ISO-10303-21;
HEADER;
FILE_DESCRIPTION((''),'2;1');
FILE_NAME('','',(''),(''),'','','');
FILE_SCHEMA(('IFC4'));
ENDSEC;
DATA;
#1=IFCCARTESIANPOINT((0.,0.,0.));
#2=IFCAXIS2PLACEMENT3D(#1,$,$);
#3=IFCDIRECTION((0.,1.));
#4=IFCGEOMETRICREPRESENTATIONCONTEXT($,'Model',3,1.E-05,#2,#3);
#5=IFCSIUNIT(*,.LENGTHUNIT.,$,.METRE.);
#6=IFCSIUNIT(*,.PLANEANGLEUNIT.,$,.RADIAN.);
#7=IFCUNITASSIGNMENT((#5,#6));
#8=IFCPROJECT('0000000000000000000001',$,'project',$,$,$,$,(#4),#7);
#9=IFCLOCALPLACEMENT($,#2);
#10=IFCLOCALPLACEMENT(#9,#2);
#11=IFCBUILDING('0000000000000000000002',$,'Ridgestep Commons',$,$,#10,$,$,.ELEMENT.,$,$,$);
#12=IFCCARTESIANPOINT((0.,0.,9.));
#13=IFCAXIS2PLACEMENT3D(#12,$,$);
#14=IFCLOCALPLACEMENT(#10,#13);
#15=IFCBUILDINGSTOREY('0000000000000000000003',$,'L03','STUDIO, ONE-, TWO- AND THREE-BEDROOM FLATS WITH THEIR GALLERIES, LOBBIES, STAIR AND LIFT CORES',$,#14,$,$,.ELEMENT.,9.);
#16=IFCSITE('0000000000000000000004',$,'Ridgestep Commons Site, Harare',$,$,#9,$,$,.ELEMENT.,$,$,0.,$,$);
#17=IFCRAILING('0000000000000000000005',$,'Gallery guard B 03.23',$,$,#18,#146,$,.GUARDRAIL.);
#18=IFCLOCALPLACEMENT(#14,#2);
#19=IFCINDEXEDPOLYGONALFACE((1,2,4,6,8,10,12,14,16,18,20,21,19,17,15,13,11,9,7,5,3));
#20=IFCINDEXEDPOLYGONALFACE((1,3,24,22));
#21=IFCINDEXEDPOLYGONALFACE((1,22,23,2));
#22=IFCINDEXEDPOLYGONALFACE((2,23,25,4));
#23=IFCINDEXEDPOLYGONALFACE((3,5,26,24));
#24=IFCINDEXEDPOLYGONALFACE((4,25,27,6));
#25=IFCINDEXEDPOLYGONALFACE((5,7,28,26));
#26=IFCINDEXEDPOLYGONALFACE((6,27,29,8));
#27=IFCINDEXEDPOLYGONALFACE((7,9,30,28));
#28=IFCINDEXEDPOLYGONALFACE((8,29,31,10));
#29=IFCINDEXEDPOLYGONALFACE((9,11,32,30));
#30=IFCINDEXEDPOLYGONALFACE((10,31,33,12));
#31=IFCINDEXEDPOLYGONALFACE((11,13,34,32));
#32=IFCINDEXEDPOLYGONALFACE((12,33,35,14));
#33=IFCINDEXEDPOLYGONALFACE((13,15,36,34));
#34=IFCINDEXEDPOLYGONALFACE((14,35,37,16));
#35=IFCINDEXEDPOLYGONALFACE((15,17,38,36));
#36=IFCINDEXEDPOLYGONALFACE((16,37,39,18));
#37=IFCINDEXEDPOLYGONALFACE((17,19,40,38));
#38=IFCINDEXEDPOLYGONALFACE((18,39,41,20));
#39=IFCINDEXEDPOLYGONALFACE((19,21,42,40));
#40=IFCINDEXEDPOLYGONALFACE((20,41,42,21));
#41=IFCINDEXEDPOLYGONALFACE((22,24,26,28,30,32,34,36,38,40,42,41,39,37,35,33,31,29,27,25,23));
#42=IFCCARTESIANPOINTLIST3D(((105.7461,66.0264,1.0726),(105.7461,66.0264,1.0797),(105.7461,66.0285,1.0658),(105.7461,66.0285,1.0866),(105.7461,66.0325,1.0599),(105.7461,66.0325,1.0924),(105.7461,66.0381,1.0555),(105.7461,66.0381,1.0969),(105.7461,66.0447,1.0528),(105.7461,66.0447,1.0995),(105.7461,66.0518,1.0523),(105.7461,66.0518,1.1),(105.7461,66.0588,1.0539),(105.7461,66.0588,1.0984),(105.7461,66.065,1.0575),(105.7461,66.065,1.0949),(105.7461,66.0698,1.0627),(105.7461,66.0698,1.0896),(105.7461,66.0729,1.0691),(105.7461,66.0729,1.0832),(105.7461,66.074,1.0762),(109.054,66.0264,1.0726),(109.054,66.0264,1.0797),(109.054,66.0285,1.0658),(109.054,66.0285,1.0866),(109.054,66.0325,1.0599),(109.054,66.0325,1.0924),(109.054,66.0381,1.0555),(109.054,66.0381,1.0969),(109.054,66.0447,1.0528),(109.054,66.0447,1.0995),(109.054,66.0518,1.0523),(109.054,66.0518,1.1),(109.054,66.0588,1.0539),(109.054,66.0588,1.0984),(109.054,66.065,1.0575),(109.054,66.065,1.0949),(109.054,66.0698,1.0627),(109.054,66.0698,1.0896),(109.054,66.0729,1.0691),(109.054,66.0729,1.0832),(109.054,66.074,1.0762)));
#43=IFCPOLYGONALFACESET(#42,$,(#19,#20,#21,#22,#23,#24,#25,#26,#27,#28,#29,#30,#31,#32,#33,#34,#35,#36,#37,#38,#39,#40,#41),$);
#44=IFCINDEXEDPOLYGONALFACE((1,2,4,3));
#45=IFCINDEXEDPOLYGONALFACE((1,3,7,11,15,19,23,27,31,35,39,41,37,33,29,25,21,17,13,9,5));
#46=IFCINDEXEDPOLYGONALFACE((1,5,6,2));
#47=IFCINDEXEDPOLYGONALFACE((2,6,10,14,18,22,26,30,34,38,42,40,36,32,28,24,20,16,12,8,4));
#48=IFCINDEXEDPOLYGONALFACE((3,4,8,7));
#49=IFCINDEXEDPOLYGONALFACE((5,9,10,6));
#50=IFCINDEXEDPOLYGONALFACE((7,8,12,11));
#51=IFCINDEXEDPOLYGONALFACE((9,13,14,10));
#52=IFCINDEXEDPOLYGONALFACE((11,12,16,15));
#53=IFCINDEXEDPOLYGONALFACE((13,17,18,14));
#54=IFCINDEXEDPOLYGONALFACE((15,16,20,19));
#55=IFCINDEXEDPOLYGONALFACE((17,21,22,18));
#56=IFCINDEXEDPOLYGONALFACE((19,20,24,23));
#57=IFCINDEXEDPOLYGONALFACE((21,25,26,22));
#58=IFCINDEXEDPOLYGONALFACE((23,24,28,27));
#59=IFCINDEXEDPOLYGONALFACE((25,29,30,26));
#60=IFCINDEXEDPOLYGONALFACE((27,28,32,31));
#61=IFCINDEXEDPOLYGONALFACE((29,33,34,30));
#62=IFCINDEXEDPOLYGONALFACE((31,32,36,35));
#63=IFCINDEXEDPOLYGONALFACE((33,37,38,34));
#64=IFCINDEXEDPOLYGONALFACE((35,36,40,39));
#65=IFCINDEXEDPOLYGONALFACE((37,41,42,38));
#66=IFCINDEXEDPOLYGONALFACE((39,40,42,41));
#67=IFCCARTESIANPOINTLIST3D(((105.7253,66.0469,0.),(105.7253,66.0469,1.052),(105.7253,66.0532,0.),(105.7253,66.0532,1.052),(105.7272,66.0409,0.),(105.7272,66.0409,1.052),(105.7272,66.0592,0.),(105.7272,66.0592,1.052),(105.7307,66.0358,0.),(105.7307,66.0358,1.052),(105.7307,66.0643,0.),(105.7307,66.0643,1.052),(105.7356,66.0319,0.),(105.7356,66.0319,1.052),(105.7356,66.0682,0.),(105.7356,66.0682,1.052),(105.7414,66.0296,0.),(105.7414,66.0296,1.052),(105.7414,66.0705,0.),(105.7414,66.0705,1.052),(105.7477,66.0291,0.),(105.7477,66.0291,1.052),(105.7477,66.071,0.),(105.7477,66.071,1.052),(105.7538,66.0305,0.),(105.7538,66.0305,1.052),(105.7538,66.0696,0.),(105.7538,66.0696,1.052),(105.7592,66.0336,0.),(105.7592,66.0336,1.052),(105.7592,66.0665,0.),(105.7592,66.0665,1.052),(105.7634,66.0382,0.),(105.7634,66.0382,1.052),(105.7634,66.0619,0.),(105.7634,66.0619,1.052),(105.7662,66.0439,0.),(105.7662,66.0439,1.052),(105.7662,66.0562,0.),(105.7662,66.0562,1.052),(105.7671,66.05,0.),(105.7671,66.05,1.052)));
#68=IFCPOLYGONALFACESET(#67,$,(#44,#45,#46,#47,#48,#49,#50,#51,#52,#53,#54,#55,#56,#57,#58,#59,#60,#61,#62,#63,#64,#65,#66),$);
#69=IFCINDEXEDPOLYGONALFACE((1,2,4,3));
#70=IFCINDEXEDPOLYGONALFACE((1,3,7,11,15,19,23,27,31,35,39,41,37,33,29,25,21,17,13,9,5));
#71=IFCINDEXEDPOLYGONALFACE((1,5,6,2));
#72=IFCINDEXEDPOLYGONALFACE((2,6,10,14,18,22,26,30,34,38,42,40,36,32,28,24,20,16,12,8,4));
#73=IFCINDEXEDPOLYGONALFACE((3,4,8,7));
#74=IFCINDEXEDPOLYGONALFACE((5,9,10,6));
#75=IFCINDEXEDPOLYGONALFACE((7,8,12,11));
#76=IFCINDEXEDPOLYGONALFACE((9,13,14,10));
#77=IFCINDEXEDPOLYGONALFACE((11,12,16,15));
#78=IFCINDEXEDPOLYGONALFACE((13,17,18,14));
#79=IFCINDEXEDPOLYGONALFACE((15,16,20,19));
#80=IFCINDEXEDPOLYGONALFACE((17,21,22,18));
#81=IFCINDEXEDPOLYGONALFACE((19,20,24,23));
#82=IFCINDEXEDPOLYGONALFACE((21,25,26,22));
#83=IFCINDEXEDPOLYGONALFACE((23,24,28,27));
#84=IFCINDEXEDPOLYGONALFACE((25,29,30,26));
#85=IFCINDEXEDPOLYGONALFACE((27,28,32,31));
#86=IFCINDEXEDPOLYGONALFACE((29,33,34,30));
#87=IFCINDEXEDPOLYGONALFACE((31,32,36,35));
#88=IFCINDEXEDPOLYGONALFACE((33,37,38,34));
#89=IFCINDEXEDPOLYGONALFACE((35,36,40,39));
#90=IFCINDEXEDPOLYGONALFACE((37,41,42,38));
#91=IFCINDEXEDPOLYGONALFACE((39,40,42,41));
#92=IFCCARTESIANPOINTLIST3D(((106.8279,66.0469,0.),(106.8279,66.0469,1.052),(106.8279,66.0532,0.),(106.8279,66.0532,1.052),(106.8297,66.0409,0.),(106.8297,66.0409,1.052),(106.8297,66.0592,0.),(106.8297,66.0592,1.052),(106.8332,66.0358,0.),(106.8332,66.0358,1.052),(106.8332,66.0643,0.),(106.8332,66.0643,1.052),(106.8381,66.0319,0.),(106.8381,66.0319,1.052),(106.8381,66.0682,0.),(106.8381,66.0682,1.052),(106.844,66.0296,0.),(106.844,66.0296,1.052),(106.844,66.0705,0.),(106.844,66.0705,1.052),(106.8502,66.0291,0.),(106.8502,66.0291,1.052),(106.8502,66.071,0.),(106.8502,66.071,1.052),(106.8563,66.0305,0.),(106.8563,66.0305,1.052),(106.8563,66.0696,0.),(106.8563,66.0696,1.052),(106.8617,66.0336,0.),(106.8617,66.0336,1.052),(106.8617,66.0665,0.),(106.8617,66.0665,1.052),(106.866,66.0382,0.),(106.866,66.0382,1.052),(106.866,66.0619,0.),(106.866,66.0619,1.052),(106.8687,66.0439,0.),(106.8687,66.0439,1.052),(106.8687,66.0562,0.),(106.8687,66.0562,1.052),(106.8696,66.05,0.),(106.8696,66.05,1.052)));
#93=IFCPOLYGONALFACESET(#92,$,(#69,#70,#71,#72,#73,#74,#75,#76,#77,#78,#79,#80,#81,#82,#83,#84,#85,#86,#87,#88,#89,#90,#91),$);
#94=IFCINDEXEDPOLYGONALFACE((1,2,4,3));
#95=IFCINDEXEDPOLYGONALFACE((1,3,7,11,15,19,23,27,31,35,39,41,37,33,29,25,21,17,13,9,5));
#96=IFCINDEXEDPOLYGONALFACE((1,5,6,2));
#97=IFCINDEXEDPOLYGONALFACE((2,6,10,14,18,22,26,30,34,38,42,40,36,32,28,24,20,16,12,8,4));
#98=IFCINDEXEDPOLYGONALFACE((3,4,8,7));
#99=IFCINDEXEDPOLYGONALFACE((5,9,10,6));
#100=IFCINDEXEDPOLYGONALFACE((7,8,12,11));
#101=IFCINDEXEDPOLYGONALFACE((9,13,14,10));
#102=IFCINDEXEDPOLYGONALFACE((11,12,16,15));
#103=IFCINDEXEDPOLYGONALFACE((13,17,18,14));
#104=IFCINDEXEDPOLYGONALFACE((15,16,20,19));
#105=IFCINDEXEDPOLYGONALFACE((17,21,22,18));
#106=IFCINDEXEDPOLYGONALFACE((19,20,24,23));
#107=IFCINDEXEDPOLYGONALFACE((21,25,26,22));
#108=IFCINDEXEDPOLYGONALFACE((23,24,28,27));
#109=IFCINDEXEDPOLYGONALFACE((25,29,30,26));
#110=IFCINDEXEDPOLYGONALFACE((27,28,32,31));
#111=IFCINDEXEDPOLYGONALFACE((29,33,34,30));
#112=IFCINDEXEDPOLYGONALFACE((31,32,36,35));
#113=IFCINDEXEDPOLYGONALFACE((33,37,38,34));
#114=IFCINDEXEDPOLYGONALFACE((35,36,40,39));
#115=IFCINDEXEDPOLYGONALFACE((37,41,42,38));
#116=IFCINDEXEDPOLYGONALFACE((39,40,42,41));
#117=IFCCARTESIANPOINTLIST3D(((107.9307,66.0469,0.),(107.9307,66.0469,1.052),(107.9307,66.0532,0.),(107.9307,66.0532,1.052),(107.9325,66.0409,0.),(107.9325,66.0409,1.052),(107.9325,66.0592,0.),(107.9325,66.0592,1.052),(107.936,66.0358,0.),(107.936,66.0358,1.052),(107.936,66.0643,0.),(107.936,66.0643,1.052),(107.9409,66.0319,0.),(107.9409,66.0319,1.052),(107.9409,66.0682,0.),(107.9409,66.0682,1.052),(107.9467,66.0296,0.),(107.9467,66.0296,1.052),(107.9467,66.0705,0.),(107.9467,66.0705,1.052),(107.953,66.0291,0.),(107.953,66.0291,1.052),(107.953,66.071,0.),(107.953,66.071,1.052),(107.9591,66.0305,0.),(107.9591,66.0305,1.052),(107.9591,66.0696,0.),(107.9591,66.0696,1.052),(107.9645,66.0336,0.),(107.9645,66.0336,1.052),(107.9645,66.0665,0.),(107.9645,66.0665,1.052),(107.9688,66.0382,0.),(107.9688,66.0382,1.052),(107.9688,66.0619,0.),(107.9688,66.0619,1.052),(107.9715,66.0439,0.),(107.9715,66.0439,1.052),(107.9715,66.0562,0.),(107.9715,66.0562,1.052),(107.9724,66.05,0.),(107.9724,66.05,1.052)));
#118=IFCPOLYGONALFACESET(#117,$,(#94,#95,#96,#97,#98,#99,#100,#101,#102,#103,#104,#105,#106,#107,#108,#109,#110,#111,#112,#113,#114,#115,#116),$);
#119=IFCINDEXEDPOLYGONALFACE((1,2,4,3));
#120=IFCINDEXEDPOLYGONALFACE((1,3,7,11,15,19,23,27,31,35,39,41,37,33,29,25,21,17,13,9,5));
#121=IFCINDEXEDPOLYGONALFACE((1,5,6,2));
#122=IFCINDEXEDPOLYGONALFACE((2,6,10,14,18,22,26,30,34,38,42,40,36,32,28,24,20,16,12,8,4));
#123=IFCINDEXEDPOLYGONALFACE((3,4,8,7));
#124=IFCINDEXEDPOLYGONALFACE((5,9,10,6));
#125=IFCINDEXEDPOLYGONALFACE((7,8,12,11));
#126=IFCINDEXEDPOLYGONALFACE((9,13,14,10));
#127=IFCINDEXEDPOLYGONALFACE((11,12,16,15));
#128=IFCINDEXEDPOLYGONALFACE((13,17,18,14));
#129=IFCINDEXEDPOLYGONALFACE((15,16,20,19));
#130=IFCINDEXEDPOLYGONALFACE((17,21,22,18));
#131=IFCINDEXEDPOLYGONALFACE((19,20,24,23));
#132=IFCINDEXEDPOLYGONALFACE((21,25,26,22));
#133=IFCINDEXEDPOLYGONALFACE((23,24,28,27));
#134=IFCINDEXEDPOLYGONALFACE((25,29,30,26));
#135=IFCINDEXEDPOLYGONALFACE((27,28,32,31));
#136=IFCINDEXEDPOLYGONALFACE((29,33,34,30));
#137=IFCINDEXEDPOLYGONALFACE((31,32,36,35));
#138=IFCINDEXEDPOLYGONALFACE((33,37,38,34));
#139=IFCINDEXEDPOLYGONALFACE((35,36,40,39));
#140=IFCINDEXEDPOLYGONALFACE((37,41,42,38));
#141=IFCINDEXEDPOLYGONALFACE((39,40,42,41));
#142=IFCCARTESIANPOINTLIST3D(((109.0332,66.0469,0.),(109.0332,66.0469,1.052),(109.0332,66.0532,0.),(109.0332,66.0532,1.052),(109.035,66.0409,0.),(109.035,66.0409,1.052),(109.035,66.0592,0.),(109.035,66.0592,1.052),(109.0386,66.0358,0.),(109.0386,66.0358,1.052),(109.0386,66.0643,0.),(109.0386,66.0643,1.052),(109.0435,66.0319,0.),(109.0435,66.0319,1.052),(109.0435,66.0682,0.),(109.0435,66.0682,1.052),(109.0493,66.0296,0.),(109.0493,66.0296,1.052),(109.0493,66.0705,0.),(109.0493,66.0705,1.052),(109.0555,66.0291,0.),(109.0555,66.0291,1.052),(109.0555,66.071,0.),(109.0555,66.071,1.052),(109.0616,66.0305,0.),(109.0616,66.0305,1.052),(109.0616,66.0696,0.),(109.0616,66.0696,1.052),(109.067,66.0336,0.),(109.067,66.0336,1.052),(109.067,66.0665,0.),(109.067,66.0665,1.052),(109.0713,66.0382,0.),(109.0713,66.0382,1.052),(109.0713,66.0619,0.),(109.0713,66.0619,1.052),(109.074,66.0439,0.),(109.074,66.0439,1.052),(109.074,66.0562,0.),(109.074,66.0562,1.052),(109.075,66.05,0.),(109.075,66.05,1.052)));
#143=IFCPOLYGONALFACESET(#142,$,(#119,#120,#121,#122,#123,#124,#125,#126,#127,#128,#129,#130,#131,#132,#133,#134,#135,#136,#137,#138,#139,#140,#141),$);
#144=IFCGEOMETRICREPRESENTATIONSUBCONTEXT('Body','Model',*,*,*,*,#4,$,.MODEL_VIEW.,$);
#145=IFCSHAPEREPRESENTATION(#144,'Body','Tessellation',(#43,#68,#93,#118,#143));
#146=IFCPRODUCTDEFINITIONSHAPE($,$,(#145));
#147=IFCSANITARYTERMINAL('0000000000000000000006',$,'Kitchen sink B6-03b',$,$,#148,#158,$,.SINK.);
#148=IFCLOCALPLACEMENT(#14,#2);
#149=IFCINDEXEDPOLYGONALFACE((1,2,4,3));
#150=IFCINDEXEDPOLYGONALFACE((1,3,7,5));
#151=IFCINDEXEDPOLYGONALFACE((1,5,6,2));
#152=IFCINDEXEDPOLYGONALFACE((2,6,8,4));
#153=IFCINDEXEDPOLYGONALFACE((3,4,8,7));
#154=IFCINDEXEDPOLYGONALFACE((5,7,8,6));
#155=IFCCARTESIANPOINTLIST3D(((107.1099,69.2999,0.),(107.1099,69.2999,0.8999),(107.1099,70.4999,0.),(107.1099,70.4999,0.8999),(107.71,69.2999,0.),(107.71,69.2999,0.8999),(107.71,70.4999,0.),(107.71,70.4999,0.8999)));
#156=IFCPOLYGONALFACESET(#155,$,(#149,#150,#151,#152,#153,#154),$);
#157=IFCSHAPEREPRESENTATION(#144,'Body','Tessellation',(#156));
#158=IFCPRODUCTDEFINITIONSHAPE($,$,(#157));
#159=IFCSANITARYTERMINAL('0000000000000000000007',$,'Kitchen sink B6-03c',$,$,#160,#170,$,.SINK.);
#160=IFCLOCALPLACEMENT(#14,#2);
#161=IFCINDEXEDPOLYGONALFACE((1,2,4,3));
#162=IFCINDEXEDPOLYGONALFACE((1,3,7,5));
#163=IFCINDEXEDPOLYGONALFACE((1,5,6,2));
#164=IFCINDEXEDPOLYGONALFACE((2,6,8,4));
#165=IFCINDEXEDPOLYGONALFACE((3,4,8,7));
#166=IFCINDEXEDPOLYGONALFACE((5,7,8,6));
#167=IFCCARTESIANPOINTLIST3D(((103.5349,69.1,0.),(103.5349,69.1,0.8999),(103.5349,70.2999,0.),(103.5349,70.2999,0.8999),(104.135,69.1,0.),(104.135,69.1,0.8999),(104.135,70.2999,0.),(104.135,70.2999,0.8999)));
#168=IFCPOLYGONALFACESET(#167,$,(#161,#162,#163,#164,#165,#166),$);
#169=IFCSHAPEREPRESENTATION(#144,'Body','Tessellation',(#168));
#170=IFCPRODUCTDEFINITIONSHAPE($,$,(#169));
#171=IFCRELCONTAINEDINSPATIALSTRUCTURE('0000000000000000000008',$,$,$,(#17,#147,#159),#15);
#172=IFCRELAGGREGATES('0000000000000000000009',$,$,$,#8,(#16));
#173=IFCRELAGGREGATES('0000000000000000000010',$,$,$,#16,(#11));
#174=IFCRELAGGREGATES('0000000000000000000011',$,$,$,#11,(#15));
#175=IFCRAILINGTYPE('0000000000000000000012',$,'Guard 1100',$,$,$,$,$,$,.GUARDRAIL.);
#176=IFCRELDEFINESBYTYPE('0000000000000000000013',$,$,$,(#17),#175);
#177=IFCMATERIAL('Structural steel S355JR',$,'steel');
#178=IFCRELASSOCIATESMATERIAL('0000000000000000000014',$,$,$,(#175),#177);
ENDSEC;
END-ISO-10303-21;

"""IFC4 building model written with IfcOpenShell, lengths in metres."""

from ifc_helpers import new_model, si_unit, direction, frame, origin, origin_2d, place, context, subcontext, project, spatial, rectangle, circle, extrude, material, type_object, element, save


model = new_model("IFC4")

# Units and contexts
model_context = context("Model", 3, precision=1e-05, world=origin(), true_north=direction((0.0, 1.0)))
body_context = subcontext(model_context, "Body", "Model", "MODEL_VIEW")
ifc_project = project(units=[si_unit("LENGTHUNIT", "METRE"), si_unit("PLANEANGLEUNIT", "RADIAN")], contexts=[model_context])

# Site, building, storey
site_placement = place(None, origin())
site = spatial("IfcSite", under=ifc_project, at=site_placement, Name="Ridgestep Commons Site, Harare", CompositionType="ELEMENT", RefElevation=0.0)
building_placement = place(site_placement, origin())
building = spatial("IfcBuilding", under=site, at=building_placement, Name="Ridgestep Commons", CompositionType="ELEMENT")
storey_placement = place(building_placement, frame((0.0, 0.0, 9.0)))
storey = spatial("IfcBuildingStorey", under=building, at=storey_placement, Name="L03", Description="STUDIO, ONE-, TWO- AND THREE-BEDROOM FLATS WITH THEIR GALLERIES, LOBBIES, STAIR AND LIFT CORES", CompositionType="ELEMENT", Elevation=9.0)

# Railing
ifc_material_1 = material(Name="Structural steel S355JR", Category="steel")
railing_type = type_object("IfcRailingType", Name="Guard 1100", PredefinedType="GUARDRAIL", material=ifc_material_1)
railing_1_placement = place(storey_placement, frame((105.7461, 66.05, 0.0)))
element("IfcRailing", 1, at=railing_1_placement, inside=storey, type_object=railing_type, Name="Gallery guard B 03.23", PredefinedType="GUARDRAIL", context=body_context, shape_type="SweptSolid", body=[
    extrude(circle(Radius=0.0239, at=origin_2d()), frame((0.0, 0.0, 1.0762), z_axis=(1.0, 0.0, 0.0), x_axis=(0.0, 1.0, 0.0)), (0.0, 0.0, 1.0), 3.3079),
    extrude(circle(Radius=0.021, at=origin_2d()), origin(), (0.0, 0.0, 1.0), 1.052),
    extrude(circle(Radius=0.021, at=origin_2d()), frame((1.1025, 0.0, 0.0)), (0.0, 0.0, 1.0), 1.052),
    extrude(circle(Radius=0.021, at=origin_2d()), frame((2.2053, 0.0, 0.0)), (0.0, 0.0, 1.0), 1.052),
    extrude(circle(Radius=0.021, at=origin_2d()), frame((3.3079, 0.0, 0.0)), (0.0, 0.0, 1.0), 1.052),
])

# Sanitary terminals
for number, where, z_axis, x_axis, name in (
    (2, (107.4099, 69.8999, 0.0), (0.0, 0.0, 1.0), (1.0, 0.0, 0.0), "Kitchen sink B6-03b"),
    (3, (103.835, 69.7, 0.0), (0.0, 0.0, 1.0), (1.0, 0.0, 0.0), "Kitchen sink B6-03c"),
):
    element("IfcSanitaryTerminal", number, at=place(storey_placement, frame(where, z_axis=z_axis, x_axis=x_axis)), inside=storey, Name=name, PredefinedType="SINK", context=body_context, shape_type="SweptSolid", body=[
        extrude(rectangle(XDim=0.6001, YDim=1.2, at=origin_2d()), origin(), (0.0, 0.0, 1.0), 0.8999),
    ])

save(model, "model.ifc")
